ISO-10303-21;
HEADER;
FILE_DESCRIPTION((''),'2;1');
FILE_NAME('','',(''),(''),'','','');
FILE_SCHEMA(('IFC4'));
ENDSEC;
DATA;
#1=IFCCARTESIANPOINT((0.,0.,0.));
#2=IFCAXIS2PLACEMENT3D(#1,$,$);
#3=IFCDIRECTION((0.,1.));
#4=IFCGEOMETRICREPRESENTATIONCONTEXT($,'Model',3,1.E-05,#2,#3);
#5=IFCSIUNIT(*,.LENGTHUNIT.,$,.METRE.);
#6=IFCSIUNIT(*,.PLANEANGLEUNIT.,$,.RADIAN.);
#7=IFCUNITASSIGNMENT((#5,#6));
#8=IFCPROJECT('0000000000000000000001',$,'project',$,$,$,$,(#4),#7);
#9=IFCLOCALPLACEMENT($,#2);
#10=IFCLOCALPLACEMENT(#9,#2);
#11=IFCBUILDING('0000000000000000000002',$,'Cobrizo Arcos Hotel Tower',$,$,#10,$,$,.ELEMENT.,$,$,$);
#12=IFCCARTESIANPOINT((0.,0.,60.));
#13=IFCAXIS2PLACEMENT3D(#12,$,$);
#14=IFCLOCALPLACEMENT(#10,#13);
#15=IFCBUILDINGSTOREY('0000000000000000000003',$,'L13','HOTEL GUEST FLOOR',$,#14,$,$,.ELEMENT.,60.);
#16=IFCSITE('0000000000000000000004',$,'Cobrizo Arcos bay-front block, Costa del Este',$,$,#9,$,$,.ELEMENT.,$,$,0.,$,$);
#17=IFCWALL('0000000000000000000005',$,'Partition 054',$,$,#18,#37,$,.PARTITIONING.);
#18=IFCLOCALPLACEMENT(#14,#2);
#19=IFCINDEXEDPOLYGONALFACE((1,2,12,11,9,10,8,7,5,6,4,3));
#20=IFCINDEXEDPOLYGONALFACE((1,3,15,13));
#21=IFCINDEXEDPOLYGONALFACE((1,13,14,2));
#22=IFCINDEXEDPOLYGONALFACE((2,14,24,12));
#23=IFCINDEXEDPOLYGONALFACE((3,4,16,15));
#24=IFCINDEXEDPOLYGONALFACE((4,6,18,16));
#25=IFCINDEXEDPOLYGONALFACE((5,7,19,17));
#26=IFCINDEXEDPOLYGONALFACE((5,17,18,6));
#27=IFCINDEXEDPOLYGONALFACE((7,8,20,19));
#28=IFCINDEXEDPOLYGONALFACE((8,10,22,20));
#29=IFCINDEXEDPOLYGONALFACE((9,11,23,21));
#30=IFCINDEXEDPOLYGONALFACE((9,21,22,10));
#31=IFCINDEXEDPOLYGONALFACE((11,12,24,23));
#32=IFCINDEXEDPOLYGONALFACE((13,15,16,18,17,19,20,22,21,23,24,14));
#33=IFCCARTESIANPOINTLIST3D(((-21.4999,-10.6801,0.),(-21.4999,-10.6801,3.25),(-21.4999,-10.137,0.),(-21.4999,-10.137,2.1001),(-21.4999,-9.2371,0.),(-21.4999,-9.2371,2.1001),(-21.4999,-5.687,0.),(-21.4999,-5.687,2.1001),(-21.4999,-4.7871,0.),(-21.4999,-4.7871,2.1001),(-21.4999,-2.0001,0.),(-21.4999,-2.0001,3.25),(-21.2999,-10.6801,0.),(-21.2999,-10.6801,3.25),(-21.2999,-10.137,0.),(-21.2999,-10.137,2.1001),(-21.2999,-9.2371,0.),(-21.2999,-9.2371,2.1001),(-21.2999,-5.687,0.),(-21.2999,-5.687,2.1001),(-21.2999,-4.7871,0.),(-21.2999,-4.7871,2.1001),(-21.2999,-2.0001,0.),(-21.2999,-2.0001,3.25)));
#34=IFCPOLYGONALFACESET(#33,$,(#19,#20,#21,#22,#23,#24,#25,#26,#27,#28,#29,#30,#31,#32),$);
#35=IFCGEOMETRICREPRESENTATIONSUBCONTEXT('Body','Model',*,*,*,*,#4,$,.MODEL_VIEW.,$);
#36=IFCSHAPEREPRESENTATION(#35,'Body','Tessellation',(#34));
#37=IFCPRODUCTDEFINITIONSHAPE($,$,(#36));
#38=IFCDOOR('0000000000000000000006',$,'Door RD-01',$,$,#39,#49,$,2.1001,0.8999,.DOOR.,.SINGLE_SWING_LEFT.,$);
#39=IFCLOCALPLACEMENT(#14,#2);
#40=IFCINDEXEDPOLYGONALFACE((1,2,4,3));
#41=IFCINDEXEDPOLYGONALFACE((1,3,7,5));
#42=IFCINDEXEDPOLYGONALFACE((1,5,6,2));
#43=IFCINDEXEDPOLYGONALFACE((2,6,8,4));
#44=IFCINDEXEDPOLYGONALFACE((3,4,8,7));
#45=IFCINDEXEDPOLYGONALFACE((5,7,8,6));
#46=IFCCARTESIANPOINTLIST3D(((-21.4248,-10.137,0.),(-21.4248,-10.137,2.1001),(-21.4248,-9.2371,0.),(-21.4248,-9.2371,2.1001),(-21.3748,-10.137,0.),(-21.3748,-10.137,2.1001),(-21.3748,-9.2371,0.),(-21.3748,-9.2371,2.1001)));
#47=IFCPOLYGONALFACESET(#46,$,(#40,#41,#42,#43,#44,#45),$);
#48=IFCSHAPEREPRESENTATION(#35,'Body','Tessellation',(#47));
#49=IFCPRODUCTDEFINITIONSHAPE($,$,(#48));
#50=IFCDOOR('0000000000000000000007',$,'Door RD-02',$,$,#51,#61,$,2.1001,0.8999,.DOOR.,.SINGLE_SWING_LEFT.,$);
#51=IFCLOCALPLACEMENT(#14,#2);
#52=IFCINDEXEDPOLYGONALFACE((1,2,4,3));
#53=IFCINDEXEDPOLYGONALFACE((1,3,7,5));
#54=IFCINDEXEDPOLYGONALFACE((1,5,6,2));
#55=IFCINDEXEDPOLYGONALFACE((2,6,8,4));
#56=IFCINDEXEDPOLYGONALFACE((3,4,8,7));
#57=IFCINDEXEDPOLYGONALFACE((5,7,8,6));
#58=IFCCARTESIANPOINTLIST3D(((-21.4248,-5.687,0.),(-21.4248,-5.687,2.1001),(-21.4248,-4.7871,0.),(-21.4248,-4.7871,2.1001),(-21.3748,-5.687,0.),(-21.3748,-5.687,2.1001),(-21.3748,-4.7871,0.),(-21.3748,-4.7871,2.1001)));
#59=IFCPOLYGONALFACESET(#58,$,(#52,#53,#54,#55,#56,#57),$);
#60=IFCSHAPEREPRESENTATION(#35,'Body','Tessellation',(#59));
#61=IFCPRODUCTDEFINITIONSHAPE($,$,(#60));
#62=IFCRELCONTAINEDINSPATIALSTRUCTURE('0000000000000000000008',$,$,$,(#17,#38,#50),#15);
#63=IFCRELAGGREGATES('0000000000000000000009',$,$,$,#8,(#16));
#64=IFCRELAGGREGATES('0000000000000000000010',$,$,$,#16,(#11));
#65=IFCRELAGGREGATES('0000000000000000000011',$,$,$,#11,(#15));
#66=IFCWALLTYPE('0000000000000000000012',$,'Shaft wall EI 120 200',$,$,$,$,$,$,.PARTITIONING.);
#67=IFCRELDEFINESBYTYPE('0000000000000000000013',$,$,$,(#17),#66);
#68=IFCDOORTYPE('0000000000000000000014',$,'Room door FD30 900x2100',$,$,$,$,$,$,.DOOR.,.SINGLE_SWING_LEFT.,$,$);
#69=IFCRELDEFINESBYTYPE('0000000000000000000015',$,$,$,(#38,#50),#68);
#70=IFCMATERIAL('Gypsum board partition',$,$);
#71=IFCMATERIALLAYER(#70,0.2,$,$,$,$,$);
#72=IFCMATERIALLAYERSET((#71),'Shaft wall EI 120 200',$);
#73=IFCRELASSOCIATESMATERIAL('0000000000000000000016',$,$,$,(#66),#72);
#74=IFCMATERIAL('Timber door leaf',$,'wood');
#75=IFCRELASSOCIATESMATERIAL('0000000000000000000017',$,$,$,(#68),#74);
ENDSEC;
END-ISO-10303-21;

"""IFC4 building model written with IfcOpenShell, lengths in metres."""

from ifc_helpers import new_model, si_unit, direction, frame, frame_2d, origin, place, context, subcontext, project, spatial, rectangle, extrude, material, layer, layer_set, type_object, element, fill, save


model = new_model("IFC4")

# Units and contexts
model_context = context("Model", 3, precision=1e-05, world=origin(), true_north=direction((0.0, 1.0)))
body_context = subcontext(model_context, "Body", "Model", "MODEL_VIEW")
ifc_project = project(units=[si_unit("LENGTHUNIT", "METRE"), si_unit("PLANEANGLEUNIT", "RADIAN")], contexts=[model_context])

# Site, building, storey
site_placement = place(None, origin())
site = spatial("IfcSite", under=ifc_project, at=site_placement, Name="Cobrizo Arcos bay-front block, Costa del Este", CompositionType="ELEMENT", RefElevation=0.0)
building_placement = place(site_placement, origin())
building = spatial("IfcBuilding", under=site, at=building_placement, Name="Cobrizo Arcos Hotel Tower", CompositionType="ELEMENT")
storey_placement = place(building_placement, frame((0.0, 0.0, 60.0)))
storey = spatial("IfcBuildingStorey", under=building, at=storey_placement, Name="L13", Description="HOTEL GUEST FLOOR", CompositionType="ELEMENT", Elevation=60.0)

# Shared definitions
ifc_material_1 = material(Name="Gypsum board partition")
ifc_material_2 = material(Name="Timber door leaf", Category="wood")

# Wall, openings, doors
ifc_layer_1 = layer(ifc_material_1, 0.2)
ifc_layer_set_1 = layer_set([ifc_layer_1], Name="Shaft wall EI 120 200")
wall_type_1 = type_object("IfcWallType", Name="Shaft wall EI 120 200", PredefinedType="PARTITIONING", material=ifc_layer_set_1)
wall_1_placement = place(storey_placement, frame((-21.3999, -10.6799, 0.0), z_axis=(0.0, 0.0, 1.0), x_axis=(0.0, 1.0, 0.0)))
wall_1 = element("IfcWall", 1, at=wall_1_placement, inside=storey, type_object=wall_type_1, Name="Partition 054", PredefinedType="PARTITIONING", context=body_context, shape_type="SweptSolid", body=[
    extrude(rectangle(XDim=8.6799, YDim=0.2, at=frame_2d((4.3398, 0.0))), origin(), (0.0, 0.0, 1.0), 3.25),
])
opening_1_placement = place(wall_1_placement, frame((0.543, 0.0, 0.0)))
opening_1 = element("IfcOpeningElement", 2, at=opening_1_placement, cuts=wall_1, PredefinedType="OPENING", context=body_context, shape_type="SweptSolid", body=[
    extrude(rectangle(XDim=0.8999, YDim=2.1001, at=frame_2d((0.45, 1.05))), frame((0.0, 0.1121, 0.0), z_axis=(0.0, -1.0, 0.0), x_axis=(1.0, 0.0, 0.0)), (0.0, 0.0, 1.0), 0.2239),
])
opening_2_placement = place(wall_1_placement, frame((4.9929, 0.0, 0.0)))
opening_2 = element("IfcOpeningElement", 3, at=opening_2_placement, cuts=wall_1, PredefinedType="OPENING", context=body_context, shape_type="SweptSolid", body=[
    extrude(rectangle(XDim=0.8999, YDim=2.1001, at=frame_2d((0.45, 1.05))), frame((0.0, 0.1121, 0.0), z_axis=(0.0, -1.0, 0.0), x_axis=(1.0, 0.0, 0.0)), (0.0, 0.0, 1.0), 0.2239),
])
door_type_1 = type_object("IfcDoorType", Name="Room door FD30 900x2100", OperationType="SINGLE_SWING_LEFT", PredefinedType="DOOR", material=ifc_material_2)
door_1_placement = place(opening_1_placement, origin())
door_1 = element("IfcDoor", 4, at=door_1_placement, inside=storey, type_object=door_type_1, Name="Door RD-01", OperationType="SINGLE_SWING_LEFT", OverallHeight=2.1001, OverallWidth=0.8999, PredefinedType="DOOR", context=body_context, shape_type="SweptSolid", body=[
    extrude(rectangle(XDim=0.8999, YDim=2.1001, at=frame_2d((0.45, 1.05))), frame((0.0, 0.0249, 0.0), z_axis=(0.0, -1.0, 0.0), x_axis=(1.0, 0.0, 0.0)), (0.0, 0.0, 1.0), 0.05),
])
fill(opening_1, door_1)
door_2_placement = place(opening_2_placement, origin())
door_2 = element("IfcDoor", 5, at=door_2_placement, inside=storey, type_object=door_type_1, Name="Door RD-02", OperationType="SINGLE_SWING_LEFT", OverallHeight=2.1001, OverallWidth=0.8999, PredefinedType="DOOR", context=body_context, shape_type="SweptSolid", body=[
    extrude(rectangle(XDim=0.8999, YDim=2.1001, at=frame_2d((0.45, 1.05))), frame((0.0, 0.0249, 0.0), z_axis=(0.0, -1.0, 0.0), x_axis=(1.0, 0.0, 0.0)), (0.0, 0.0, 1.0), 0.05),
])
fill(opening_2, door_2)

save(model, "model.ifc")
